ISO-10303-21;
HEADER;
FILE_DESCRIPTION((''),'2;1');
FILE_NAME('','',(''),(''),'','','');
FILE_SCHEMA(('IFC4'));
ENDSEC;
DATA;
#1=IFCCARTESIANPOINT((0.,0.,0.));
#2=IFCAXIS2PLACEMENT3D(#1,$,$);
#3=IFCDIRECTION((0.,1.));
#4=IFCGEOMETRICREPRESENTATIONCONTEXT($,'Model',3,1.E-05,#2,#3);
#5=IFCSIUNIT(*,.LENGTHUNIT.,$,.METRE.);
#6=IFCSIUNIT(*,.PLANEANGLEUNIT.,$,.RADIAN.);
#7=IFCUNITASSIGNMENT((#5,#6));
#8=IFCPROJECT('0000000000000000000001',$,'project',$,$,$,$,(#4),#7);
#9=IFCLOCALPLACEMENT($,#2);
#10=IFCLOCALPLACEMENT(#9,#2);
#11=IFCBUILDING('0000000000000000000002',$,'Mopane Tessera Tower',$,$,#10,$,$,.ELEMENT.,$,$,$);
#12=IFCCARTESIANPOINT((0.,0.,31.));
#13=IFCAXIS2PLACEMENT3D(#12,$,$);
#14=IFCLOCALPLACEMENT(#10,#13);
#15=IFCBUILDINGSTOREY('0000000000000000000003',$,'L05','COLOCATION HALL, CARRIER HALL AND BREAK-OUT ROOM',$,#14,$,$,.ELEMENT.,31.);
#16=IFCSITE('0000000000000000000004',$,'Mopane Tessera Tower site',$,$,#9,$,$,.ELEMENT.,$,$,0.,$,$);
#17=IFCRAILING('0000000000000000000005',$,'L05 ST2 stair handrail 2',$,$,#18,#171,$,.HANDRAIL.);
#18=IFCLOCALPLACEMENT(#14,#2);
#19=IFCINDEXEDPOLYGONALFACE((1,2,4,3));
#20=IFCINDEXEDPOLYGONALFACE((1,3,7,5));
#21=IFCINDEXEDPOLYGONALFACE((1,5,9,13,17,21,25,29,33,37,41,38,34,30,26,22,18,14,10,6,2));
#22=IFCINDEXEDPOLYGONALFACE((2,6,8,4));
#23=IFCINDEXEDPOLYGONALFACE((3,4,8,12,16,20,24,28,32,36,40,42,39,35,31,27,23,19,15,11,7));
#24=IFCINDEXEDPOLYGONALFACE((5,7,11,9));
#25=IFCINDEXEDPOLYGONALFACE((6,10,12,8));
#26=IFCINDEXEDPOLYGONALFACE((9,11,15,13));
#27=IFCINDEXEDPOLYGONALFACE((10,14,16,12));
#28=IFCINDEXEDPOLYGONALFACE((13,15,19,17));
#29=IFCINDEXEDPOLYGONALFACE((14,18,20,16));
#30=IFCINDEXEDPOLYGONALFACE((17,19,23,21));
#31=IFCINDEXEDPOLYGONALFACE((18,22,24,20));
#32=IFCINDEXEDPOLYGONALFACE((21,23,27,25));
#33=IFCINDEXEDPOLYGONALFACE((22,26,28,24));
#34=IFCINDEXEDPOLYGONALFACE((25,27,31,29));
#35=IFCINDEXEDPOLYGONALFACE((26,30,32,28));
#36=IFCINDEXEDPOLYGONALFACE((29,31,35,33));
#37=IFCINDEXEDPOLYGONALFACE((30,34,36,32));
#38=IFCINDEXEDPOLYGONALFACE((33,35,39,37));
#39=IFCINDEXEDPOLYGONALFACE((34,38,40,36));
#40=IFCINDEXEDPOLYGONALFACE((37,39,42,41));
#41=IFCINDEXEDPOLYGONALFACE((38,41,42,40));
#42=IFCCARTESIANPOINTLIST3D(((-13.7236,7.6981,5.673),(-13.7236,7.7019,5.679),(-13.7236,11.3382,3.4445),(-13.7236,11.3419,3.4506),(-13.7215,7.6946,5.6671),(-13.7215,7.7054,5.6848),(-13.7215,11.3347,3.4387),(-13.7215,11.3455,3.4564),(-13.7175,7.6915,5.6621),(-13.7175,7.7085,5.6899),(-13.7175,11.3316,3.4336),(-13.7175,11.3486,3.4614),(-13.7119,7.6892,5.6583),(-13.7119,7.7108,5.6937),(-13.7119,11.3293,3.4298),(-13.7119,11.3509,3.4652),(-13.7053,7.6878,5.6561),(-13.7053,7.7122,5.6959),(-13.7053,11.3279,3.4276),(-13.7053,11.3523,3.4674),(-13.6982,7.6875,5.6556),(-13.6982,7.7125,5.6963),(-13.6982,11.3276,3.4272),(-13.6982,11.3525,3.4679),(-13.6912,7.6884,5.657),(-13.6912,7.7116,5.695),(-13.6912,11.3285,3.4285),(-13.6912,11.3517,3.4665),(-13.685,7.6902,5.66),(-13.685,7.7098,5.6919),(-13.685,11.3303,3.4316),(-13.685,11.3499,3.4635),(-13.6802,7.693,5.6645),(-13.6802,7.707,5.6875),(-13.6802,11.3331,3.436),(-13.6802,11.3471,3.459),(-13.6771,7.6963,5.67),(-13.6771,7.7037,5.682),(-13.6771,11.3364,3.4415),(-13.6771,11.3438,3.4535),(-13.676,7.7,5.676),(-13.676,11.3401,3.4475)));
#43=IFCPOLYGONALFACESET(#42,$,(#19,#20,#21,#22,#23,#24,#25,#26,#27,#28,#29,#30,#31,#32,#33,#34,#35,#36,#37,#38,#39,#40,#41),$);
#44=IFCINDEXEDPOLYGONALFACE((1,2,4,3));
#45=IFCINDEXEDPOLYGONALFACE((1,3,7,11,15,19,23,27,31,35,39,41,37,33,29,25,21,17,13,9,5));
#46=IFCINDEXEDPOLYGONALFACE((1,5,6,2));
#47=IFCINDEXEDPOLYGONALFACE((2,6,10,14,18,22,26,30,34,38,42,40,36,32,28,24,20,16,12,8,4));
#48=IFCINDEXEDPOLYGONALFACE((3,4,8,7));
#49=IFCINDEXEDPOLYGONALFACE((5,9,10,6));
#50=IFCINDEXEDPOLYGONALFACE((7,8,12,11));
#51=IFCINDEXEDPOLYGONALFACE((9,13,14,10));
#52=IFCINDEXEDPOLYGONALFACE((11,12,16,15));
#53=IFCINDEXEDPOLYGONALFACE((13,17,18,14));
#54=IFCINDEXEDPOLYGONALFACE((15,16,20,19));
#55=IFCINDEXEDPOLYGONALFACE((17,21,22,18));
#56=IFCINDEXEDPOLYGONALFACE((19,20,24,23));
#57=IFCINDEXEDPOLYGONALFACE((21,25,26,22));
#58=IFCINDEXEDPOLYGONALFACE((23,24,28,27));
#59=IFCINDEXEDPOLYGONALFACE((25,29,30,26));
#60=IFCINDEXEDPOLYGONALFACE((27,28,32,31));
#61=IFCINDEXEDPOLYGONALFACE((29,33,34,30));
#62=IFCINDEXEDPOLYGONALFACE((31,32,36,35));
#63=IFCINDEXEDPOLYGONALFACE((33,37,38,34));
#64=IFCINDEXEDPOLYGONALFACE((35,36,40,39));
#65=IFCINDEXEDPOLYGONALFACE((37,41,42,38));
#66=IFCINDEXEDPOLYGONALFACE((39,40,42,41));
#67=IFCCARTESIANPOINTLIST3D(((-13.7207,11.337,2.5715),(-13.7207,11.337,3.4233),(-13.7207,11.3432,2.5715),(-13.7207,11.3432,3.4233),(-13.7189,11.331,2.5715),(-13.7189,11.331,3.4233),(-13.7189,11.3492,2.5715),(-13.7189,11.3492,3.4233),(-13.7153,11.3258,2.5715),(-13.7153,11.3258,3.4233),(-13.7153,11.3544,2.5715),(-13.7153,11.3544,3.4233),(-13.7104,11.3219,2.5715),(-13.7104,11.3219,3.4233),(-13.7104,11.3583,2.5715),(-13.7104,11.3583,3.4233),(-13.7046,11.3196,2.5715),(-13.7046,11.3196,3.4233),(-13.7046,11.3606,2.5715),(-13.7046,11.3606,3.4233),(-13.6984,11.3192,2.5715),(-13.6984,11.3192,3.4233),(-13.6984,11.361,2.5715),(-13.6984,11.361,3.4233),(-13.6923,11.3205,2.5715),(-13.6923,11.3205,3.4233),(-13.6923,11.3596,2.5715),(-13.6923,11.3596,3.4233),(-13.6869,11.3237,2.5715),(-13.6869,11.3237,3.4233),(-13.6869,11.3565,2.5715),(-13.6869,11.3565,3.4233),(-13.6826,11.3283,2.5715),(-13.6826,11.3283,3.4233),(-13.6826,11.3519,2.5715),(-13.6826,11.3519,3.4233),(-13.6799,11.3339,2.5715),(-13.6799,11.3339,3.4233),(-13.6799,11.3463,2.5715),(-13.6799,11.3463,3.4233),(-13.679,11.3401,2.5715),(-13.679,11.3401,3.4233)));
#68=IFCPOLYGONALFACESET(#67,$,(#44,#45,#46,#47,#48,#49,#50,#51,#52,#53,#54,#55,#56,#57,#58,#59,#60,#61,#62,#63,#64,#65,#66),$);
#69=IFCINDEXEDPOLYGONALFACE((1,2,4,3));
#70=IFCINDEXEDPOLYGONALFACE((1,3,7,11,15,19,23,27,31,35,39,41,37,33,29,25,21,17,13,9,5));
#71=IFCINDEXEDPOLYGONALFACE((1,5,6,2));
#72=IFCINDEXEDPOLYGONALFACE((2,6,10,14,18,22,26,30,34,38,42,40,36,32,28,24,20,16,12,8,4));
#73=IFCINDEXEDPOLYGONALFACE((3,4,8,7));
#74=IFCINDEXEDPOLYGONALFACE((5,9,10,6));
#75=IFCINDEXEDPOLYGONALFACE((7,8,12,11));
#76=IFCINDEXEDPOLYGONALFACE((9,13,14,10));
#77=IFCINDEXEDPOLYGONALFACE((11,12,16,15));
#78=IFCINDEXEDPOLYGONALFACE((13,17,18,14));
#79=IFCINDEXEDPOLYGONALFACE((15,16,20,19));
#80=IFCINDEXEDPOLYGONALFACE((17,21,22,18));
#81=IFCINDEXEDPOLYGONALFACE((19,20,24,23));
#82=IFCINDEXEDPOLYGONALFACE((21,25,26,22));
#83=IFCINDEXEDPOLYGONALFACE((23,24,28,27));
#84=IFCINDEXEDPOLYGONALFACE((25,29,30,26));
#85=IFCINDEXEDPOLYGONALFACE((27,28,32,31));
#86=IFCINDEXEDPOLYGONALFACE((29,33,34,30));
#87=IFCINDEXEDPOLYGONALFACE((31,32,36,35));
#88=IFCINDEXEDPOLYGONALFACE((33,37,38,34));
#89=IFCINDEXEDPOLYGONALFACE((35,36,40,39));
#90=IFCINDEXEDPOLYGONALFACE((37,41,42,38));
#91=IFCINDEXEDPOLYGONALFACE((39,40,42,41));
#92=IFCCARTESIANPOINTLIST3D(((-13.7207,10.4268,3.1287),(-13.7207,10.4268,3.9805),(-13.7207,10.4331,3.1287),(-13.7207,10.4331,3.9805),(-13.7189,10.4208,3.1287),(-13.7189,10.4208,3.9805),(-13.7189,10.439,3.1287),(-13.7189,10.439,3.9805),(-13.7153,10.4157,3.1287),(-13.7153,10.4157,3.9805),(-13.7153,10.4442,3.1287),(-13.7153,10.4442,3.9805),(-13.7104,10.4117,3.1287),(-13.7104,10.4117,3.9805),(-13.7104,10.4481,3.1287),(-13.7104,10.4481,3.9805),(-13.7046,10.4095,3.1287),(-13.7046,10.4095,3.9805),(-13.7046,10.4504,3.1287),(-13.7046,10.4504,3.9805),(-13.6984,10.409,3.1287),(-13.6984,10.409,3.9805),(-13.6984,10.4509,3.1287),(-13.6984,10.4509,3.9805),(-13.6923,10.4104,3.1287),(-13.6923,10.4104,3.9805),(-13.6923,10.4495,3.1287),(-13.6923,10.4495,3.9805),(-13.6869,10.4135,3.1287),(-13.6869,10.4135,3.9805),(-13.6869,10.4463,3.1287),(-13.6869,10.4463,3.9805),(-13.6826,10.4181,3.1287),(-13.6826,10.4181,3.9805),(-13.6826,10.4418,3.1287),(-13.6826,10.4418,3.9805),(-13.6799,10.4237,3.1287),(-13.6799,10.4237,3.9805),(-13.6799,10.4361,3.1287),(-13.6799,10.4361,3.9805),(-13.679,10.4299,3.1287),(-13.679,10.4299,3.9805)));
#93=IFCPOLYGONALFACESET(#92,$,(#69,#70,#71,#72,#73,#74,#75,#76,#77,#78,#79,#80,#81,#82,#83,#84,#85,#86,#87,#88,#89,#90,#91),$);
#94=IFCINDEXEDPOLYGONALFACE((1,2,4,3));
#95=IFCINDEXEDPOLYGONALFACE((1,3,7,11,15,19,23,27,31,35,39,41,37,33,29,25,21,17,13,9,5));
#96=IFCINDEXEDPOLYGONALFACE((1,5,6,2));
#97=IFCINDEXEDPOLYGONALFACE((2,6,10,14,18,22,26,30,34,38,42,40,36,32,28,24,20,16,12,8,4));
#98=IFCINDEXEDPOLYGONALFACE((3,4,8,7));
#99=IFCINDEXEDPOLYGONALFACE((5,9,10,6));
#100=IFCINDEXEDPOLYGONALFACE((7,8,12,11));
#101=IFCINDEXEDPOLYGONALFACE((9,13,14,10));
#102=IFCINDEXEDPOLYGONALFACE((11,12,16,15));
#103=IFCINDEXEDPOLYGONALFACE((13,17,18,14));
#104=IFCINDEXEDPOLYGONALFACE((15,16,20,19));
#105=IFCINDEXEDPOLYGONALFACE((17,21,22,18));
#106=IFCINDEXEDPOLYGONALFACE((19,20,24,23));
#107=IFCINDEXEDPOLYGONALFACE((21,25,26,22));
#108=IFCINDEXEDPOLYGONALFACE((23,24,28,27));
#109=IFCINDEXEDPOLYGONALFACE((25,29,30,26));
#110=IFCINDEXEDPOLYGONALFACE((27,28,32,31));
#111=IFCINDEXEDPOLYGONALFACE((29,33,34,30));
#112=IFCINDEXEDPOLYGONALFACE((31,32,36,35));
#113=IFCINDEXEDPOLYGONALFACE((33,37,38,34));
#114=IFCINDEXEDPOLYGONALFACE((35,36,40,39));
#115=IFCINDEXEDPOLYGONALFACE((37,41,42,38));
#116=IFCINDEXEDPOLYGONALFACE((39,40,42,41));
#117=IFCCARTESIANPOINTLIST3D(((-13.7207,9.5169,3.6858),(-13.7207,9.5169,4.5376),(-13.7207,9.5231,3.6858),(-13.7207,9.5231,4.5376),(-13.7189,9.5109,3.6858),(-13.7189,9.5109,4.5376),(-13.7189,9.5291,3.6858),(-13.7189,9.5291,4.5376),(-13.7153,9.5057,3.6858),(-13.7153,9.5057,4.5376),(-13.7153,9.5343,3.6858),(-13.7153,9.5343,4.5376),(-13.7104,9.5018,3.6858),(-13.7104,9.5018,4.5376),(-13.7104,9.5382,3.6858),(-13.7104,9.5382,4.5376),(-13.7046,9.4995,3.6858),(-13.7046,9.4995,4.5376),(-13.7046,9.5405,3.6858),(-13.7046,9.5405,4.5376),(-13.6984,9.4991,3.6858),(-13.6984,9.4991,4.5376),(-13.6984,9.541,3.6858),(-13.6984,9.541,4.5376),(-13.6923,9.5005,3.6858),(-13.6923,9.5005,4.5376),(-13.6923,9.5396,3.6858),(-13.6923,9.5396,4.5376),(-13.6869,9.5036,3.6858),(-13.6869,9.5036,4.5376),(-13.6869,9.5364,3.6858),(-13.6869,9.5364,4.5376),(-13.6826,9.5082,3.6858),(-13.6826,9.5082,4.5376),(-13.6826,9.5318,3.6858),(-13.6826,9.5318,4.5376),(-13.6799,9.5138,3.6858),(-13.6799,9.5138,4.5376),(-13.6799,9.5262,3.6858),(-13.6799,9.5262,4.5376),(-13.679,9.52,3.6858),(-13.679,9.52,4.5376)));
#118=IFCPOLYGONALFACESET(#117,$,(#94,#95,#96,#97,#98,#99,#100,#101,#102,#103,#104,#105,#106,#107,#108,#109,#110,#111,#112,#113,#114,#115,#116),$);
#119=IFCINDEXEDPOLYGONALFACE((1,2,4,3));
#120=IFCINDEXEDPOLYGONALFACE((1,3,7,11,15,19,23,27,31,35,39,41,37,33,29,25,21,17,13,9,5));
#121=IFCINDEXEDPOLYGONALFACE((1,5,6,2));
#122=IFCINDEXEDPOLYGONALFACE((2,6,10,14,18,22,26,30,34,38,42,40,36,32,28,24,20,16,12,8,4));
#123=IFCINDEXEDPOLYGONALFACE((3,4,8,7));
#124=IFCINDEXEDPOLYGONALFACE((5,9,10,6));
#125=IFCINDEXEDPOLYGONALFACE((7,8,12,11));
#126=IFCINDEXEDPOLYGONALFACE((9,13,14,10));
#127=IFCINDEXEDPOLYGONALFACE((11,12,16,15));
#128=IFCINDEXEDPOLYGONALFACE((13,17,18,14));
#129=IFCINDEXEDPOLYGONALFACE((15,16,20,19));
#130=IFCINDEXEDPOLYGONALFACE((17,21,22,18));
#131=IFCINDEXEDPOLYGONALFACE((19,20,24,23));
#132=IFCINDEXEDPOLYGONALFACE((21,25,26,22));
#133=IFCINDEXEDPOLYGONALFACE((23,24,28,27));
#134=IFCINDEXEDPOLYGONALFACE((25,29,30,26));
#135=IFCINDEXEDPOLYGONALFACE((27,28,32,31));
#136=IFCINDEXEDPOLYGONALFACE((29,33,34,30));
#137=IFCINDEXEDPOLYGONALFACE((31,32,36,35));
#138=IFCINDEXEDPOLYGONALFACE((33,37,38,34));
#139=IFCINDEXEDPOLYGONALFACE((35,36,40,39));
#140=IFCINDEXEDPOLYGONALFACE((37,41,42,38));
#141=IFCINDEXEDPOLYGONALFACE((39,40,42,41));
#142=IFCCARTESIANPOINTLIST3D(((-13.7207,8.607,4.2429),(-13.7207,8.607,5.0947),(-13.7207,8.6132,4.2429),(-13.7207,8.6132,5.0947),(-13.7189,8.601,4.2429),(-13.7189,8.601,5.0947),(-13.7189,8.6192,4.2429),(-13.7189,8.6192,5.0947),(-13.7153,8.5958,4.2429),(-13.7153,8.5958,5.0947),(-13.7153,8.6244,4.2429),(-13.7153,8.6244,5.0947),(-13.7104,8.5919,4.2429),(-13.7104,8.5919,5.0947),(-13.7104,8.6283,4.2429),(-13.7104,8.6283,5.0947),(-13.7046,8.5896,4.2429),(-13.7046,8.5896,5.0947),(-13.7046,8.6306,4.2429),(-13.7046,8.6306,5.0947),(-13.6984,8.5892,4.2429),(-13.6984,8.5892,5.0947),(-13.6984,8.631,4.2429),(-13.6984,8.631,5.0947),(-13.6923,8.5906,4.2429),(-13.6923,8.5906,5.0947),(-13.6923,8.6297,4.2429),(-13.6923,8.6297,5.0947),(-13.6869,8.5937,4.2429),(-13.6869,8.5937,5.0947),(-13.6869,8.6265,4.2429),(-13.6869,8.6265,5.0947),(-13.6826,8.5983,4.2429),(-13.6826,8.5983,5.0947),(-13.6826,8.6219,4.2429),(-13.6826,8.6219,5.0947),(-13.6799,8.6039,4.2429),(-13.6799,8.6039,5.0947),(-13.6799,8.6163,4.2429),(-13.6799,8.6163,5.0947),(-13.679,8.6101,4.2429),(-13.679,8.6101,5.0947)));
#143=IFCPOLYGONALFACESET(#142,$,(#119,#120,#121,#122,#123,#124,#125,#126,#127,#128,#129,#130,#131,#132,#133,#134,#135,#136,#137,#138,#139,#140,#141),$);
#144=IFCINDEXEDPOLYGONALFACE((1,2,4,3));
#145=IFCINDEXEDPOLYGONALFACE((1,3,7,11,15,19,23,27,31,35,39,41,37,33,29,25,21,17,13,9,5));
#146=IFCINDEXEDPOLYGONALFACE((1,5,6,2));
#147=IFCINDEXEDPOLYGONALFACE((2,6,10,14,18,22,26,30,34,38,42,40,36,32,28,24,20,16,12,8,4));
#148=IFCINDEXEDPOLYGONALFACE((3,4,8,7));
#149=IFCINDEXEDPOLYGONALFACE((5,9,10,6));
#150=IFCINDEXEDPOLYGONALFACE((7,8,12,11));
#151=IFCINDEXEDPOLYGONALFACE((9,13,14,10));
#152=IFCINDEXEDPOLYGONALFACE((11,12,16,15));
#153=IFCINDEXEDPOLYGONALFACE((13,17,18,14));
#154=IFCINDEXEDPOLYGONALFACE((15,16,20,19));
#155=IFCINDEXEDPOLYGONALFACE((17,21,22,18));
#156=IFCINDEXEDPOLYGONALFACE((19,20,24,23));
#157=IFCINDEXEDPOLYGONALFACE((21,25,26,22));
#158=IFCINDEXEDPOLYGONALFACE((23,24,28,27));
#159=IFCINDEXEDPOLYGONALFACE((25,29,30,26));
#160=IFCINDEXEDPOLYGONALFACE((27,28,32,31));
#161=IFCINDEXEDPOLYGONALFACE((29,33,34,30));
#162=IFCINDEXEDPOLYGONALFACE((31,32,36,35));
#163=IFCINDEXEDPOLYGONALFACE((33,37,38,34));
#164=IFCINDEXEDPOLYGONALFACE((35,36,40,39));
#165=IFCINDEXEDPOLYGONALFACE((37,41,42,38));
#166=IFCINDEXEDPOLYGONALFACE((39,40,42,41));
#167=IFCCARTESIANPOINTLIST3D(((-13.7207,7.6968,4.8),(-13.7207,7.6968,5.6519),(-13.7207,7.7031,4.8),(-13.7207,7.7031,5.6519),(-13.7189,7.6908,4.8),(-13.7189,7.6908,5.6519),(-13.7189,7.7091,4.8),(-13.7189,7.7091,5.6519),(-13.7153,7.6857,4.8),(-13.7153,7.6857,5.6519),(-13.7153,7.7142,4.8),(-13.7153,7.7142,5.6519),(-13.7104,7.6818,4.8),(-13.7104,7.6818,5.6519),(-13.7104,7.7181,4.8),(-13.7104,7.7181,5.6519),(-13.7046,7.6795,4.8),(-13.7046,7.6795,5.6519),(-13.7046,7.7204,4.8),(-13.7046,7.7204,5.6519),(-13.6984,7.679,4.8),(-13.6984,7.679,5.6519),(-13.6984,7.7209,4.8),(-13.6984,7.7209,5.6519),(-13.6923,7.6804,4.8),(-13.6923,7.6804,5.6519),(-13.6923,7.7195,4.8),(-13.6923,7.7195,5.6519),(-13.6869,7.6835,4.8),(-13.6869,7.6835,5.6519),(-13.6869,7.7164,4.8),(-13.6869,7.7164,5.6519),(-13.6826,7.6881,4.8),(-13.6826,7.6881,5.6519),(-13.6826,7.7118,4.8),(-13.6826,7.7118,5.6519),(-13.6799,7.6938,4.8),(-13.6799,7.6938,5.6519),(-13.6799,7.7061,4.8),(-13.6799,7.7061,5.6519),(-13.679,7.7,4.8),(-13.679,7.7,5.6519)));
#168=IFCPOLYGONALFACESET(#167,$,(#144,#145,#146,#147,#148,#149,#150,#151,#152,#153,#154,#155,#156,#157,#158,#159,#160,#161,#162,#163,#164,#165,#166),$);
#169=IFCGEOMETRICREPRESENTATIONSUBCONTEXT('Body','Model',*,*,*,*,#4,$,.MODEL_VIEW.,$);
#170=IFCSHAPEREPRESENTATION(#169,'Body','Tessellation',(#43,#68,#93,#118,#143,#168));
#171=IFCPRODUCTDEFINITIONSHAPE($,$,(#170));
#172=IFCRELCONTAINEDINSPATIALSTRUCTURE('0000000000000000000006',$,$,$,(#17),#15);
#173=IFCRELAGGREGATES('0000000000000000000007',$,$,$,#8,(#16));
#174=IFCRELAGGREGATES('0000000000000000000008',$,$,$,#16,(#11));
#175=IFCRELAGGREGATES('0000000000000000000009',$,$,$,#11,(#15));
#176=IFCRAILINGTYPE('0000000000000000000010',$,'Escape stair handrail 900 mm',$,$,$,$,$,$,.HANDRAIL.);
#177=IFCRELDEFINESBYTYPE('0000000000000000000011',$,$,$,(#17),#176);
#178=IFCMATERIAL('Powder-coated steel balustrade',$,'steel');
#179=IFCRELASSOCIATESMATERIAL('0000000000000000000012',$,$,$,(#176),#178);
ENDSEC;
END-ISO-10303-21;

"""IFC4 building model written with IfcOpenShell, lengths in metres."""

from ifc_helpers import new_model, si_unit, direction, frame, origin, origin_2d, place, context, subcontext, project, spatial, circle, extrude, material, type_object, element, save


model = new_model("IFC4")

# Units and contexts
model_context = context("Model", 3, precision=1e-05, world=origin(), true_north=direction((0.0, 1.0)))
body_context = subcontext(model_context, "Body", "Model", "MODEL_VIEW")
ifc_project = project(units=[si_unit("LENGTHUNIT", "METRE"), si_unit("PLANEANGLEUNIT", "RADIAN")], contexts=[model_context])

# Site, building, storey
site_placement = place(None, origin())
site = spatial("IfcSite", under=ifc_project, at=site_placement, Name="Mopane Tessera Tower site", CompositionType="ELEMENT", RefElevation=0.0)
building_placement = place(site_placement, origin())
building = spatial("IfcBuilding", under=site, at=building_placement, Name="Mopane Tessera Tower", CompositionType="ELEMENT")
storey_placement = place(building_placement, frame((0.0, 0.0, 31.0)))
storey = spatial("IfcBuildingStorey", under=building, at=storey_placement, Name="L05", Description="COLOCATION HALL, CARRIER HALL AND BREAK-OUT ROOM", CompositionType="ELEMENT", Elevation=31.0)

# Railing
ifc_material_1 = material(Name="Powder-coated steel balustrade", Category="steel")
railing_type_1 = type_object("IfcRailingType", Name="Escape stair handrail 900 mm", PredefinedType="HANDRAIL", material=ifc_material_1)
railing_1_placement = place(storey_placement, frame((-13.7, 11.3401, 2.5715)))
element("IfcRailing", 1, at=railing_1_placement, inside=storey, type_object=railing_type_1, Name="L05 ST2 stair handrail 2", PredefinedType="HANDRAIL", context=body_context, shape_type="SweptSolid", body=[
    extrude(circle(Radius=0.0239, at=origin_2d()), frame((0.0, 0.0, 0.876), z_axis=(0.0, -0.852866, 0.52213), x_axis=(1.0, 0.0, 0.0)), (0.0, 0.0, 1.0), 4.2681),
    extrude(circle(Radius=0.021, at=origin_2d()), origin(), (0.0, 0.0, 1.0), 0.8518),
    extrude(circle(Radius=0.021, at=origin_2d()), frame((0.0, -0.9102, 0.5571)), (0.0, 0.0, 1.0), 0.8518),
    extrude(circle(Radius=0.021, at=origin_2d()), frame((0.0, -1.8201, 1.1143)), (0.0, 0.0, 1.0), 0.8518),
    extrude(circle(Radius=0.021, at=origin_2d()), frame((0.0, -2.73, 1.6714)), (0.0, 0.0, 1.0), 0.8518),
    extrude(circle(Radius=0.021, at=origin_2d()), frame((0.0, -3.6401, 2.2285)), (0.0, 0.0, 1.0), 0.8518),
])

save(model, "model.ifc")
